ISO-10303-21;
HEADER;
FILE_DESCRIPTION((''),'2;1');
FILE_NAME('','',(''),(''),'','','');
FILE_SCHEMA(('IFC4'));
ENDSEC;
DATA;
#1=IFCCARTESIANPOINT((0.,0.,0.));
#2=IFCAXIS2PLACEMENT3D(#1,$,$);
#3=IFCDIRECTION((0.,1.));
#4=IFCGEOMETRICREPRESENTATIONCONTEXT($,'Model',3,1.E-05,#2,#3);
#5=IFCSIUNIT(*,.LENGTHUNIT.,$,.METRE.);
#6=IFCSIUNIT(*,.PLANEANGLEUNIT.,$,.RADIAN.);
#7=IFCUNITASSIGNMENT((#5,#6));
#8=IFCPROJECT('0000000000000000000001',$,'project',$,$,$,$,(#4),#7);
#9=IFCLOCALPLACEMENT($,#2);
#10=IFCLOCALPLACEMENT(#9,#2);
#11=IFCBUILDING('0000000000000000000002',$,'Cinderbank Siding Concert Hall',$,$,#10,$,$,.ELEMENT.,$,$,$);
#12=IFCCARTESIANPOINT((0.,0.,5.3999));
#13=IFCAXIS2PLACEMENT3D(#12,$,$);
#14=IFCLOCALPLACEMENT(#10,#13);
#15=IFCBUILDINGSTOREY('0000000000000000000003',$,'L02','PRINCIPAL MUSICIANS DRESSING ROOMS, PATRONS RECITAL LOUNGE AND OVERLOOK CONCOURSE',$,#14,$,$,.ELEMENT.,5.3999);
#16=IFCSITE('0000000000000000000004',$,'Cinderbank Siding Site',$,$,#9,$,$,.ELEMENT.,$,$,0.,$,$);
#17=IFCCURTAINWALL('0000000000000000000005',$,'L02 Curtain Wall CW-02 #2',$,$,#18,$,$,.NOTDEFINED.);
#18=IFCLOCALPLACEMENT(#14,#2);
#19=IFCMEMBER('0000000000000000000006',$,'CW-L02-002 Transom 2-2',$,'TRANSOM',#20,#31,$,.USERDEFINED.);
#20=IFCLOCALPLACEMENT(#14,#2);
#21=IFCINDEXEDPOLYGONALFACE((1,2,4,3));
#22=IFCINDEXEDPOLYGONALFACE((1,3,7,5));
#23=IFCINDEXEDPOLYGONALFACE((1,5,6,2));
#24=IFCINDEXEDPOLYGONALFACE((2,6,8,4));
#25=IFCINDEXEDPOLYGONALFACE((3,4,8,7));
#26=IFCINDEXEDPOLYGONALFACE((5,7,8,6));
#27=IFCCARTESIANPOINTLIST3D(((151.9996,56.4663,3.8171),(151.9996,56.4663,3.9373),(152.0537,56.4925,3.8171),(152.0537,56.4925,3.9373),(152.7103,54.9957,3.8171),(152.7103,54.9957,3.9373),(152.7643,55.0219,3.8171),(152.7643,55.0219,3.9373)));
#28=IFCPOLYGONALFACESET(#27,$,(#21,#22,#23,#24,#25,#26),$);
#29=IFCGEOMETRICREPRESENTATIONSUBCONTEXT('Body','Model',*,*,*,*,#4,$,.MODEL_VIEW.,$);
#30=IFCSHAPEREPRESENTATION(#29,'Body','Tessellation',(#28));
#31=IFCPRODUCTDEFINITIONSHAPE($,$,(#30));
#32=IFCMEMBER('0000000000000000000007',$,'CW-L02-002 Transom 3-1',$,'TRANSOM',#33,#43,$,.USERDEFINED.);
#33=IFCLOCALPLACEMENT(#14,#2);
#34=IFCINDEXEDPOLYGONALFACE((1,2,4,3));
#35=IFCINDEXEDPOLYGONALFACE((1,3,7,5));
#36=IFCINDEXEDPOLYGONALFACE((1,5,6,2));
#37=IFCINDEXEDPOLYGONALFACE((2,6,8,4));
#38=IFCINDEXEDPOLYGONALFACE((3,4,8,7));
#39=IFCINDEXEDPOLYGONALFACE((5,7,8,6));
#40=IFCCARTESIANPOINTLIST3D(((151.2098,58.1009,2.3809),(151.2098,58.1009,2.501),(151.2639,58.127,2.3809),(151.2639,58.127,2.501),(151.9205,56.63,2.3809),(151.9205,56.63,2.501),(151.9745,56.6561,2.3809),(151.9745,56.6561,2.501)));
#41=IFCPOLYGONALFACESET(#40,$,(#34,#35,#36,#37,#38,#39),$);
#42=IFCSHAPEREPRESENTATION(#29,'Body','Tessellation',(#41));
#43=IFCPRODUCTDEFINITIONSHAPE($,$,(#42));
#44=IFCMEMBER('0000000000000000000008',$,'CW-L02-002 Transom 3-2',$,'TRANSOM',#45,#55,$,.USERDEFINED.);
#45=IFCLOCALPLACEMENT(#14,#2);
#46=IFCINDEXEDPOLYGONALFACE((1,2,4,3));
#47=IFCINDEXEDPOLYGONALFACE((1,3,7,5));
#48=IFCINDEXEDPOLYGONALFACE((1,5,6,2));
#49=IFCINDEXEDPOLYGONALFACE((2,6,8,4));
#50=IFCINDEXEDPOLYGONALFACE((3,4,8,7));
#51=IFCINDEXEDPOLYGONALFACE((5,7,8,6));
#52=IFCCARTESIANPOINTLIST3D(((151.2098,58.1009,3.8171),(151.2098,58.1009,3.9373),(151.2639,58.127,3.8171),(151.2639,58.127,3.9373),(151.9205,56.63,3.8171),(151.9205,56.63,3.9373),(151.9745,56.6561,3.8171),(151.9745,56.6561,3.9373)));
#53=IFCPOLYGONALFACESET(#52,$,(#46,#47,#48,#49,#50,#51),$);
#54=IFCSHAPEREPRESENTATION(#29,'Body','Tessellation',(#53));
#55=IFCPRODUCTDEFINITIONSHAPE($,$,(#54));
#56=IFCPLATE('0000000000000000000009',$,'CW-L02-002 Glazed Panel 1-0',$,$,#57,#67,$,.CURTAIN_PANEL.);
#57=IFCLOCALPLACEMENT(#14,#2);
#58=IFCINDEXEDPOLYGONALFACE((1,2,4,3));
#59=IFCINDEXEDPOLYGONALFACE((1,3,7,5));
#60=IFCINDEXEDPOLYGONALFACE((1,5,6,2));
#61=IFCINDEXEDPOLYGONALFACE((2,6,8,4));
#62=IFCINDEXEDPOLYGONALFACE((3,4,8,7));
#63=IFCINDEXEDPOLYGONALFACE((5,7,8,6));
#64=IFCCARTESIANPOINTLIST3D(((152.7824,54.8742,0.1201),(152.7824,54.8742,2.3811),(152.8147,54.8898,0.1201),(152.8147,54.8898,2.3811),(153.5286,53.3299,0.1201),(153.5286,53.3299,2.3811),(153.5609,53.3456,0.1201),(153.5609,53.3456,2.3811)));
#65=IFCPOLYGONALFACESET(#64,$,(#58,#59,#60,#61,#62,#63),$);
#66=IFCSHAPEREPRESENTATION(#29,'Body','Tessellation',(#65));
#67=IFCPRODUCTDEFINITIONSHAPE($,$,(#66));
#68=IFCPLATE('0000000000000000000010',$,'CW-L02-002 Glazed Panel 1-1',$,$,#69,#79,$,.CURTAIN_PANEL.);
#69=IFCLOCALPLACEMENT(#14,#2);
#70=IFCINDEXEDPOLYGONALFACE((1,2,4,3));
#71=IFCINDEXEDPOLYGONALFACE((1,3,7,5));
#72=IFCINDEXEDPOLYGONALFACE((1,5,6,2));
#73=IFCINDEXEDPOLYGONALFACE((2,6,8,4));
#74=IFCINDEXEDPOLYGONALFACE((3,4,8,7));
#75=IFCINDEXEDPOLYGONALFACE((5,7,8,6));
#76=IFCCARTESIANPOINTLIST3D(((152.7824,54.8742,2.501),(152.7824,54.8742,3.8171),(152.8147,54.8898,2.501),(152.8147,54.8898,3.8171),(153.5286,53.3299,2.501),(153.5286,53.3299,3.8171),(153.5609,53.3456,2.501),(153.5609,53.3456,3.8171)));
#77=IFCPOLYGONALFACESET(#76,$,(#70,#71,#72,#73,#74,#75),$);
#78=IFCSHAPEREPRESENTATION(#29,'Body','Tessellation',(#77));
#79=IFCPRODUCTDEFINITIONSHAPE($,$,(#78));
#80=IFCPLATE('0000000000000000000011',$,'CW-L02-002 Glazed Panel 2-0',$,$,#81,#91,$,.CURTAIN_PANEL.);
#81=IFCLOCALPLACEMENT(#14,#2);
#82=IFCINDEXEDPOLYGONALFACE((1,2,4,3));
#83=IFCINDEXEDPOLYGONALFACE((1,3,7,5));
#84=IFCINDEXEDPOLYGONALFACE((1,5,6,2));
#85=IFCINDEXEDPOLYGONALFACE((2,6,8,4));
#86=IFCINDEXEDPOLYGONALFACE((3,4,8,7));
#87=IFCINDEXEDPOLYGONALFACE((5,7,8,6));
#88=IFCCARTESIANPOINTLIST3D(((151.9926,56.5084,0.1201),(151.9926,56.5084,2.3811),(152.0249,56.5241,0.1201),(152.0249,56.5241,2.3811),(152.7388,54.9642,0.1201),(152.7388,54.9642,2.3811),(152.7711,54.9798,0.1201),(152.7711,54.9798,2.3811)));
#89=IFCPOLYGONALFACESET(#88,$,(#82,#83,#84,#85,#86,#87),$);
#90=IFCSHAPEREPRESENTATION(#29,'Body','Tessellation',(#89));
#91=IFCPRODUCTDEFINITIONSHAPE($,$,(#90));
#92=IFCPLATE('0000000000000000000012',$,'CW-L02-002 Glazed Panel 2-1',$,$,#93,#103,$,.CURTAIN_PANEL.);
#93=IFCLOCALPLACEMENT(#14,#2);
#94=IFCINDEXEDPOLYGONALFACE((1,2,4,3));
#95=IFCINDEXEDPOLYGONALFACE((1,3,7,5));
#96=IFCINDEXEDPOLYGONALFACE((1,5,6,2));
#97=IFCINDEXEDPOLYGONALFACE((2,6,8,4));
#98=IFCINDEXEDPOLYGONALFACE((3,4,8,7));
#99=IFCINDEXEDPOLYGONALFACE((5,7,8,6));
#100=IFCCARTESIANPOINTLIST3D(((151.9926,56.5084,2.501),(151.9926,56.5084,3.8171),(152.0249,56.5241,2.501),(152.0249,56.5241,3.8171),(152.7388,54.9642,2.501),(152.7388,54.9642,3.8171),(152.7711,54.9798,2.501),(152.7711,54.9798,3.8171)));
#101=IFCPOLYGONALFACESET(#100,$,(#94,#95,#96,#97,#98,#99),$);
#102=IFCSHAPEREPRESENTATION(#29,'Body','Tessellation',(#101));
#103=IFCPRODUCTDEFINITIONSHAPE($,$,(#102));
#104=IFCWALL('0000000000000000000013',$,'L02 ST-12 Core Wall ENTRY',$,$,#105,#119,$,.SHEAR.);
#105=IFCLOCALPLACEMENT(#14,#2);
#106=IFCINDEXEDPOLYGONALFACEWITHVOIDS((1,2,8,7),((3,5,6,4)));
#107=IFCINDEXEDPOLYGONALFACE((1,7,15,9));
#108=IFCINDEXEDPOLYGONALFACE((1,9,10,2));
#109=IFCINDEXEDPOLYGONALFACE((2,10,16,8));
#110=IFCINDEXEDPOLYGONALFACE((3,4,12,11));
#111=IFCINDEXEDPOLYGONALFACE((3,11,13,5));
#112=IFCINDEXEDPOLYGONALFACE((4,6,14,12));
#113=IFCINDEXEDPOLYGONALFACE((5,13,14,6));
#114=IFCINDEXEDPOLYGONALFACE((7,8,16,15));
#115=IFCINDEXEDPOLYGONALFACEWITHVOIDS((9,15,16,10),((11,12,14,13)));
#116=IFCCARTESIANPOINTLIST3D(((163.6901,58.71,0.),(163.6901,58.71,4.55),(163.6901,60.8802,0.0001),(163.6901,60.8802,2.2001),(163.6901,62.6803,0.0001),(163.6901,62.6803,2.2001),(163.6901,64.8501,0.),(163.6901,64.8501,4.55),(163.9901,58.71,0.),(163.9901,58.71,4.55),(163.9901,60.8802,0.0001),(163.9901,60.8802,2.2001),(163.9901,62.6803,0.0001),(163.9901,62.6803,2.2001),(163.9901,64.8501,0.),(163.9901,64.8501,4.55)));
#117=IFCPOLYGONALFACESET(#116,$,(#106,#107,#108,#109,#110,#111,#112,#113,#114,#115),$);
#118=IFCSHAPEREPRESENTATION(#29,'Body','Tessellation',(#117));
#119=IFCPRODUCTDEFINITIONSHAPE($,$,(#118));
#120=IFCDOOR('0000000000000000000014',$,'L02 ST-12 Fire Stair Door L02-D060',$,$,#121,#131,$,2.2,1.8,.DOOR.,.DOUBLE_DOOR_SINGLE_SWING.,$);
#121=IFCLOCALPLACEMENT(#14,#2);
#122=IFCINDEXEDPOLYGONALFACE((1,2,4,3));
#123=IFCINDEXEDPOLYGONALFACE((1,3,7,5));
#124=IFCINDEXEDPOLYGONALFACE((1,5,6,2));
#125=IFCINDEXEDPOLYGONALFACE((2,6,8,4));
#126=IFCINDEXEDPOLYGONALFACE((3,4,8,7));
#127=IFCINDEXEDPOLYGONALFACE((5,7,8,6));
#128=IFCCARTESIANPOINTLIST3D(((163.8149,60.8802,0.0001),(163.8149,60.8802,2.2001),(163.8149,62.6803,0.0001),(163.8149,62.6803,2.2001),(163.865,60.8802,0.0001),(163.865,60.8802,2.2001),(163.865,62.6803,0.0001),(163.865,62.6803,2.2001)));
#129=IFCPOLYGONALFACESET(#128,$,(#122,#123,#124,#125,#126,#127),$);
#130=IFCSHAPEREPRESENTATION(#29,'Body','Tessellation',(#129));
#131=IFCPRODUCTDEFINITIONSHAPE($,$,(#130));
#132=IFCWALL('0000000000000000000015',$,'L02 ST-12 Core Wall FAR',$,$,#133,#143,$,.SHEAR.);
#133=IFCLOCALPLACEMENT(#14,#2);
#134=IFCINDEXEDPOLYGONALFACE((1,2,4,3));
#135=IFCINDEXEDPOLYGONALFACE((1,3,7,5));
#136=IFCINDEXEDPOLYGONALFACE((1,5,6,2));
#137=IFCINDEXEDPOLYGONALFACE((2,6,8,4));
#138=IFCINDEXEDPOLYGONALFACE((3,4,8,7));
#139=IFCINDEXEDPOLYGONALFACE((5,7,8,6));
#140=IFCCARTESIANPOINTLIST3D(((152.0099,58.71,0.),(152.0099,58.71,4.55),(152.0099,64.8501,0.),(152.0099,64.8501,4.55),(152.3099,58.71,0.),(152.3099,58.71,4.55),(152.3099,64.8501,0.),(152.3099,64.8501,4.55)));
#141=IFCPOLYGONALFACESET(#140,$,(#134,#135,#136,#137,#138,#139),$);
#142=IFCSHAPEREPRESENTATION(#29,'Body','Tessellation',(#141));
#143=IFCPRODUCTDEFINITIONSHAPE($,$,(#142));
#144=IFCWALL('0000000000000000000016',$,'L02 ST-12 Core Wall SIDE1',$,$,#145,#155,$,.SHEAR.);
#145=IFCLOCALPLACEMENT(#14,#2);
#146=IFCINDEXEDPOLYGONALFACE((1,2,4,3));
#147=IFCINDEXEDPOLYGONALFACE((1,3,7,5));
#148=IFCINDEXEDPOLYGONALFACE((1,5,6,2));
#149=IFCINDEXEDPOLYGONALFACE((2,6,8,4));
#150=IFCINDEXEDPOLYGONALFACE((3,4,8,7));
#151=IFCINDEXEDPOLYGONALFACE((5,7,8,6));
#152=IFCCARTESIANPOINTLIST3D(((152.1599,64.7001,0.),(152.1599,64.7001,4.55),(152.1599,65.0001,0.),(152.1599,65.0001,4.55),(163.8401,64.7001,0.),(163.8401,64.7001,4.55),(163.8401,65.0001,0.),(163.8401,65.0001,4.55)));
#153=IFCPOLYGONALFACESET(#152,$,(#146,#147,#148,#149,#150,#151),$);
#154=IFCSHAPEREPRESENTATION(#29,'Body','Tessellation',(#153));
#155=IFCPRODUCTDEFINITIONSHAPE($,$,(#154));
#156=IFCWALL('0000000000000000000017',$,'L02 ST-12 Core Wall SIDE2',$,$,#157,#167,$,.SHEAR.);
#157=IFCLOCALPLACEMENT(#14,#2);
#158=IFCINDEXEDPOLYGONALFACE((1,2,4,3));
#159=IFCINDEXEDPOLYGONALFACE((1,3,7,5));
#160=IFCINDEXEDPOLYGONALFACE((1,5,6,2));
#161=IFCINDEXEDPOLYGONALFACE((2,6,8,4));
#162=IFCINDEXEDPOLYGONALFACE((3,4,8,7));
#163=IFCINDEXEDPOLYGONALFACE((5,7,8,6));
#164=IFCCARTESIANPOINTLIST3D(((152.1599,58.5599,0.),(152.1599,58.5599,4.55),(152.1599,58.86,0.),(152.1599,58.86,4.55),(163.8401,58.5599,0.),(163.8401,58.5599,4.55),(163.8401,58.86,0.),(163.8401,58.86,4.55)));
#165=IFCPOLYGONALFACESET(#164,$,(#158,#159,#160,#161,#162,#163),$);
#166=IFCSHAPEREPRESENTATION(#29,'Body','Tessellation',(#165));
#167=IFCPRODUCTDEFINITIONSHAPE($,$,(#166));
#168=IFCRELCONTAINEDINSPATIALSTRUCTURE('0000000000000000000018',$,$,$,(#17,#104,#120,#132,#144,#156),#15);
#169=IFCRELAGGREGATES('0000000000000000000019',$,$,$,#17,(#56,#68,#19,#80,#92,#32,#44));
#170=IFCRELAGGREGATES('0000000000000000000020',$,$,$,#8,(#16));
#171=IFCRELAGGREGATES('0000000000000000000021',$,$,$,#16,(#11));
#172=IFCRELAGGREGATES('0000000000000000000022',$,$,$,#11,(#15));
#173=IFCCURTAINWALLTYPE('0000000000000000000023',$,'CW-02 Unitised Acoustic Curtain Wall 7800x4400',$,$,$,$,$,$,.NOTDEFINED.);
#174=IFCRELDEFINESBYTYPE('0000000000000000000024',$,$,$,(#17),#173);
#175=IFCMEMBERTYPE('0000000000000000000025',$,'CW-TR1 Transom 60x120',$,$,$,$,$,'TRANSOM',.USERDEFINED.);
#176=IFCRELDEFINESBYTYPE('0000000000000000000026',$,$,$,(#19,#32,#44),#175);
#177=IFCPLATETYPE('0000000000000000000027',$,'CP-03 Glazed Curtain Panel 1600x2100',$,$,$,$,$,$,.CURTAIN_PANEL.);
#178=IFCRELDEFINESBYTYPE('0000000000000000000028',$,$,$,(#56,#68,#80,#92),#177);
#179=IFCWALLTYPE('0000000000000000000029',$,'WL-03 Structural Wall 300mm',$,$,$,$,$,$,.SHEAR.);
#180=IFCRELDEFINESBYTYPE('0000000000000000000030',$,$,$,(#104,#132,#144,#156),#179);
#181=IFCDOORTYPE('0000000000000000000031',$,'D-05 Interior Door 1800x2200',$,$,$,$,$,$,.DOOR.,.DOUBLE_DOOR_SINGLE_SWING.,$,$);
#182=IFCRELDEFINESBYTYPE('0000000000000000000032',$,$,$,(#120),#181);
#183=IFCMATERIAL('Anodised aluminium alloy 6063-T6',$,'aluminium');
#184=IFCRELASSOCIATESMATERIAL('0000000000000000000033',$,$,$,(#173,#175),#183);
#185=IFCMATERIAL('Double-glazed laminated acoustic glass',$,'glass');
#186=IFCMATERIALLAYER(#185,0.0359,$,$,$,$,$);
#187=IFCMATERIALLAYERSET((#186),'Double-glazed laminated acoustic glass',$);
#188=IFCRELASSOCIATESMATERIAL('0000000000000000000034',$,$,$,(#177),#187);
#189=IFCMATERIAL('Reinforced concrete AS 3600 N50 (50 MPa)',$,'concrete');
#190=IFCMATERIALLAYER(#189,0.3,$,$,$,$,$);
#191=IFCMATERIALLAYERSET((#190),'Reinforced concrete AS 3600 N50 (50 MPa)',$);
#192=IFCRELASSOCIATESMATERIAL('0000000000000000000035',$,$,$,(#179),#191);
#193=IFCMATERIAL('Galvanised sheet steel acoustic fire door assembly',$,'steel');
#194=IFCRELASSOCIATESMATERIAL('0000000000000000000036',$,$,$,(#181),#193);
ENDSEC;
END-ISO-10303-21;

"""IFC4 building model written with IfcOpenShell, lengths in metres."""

from ifc_helpers import new_model, si_unit, direction, frame, frame_2d, origin, origin_2d, place, context, subcontext, project, spatial, rectangle, extrude, material, layer, layer_set, material_profile, profile_set, type_object, element, fill, aggregate, save


model = new_model("IFC4")

# Units and contexts
model_context = context("Model", 3, precision=1e-05, world=origin(), true_north=direction((0.0, 1.0)))
body_context = subcontext(model_context, "Body", "Model", "MODEL_VIEW")
ifc_project = project(units=[si_unit("LENGTHUNIT", "METRE"), si_unit("PLANEANGLEUNIT", "RADIAN")], contexts=[model_context])

# Site, building, storey
site_placement = place(None, origin())
site = spatial("IfcSite", under=ifc_project, at=site_placement, Name="Cinderbank Siding Site", CompositionType="ELEMENT", RefElevation=0.0)
building_placement = place(site_placement, origin())
building = spatial("IfcBuilding", under=site, at=building_placement, Name="Cinderbank Siding Concert Hall", CompositionType="ELEMENT")
storey_placement = place(building_placement, frame((0.0, 0.0, 5.3999)))
storey = spatial("IfcBuildingStorey", under=building, at=storey_placement, Name="L02", Description="PRINCIPAL MUSICIANS DRESSING ROOMS, PATRONS RECITAL LOUNGE AND OVERLOOK CONCOURSE", CompositionType="ELEMENT", Elevation=5.3999)

# Curtain wall, members, plates
ifc_material_1 = material(Name="Anodised aluminium alloy 6063-T6", Category="aluminium")
curtain_wall_type = type_object("IfcCurtainWallType", Name="CW-02 Unitised Acoustic Curtain Wall 7800x4400", PredefinedType="NOTDEFINED", material=ifc_material_1)
curtain_wall_placement = place(storey_placement, origin())
curtain_wall = element("IfcCurtainWall", 1, at=curtain_wall_placement, inside=storey, type_object=curtain_wall_type, Name="L02 Curtain Wall CW-02 #2", PredefinedType="NOTDEFINED")
ifc_material_profile_1 = material_profile(ifc_material_1, rectangle(XDim=0.0601, YDim=0.1201, at=origin_2d()), Name="ALU-TRAN-60x120", Category="LoadBearing")
ifc_profile_set_1 = profile_set([ifc_material_profile_1], Name="Anodised aluminium alloy 6063-T6")
member_type_1 = type_object("IfcMemberType", Name="CW-TR1 Transom 60x120", ElementType="TRANSOM", PredefinedType="USERDEFINED", material=ifc_profile_set_1)
member_1_placement = place(storey_placement, frame((152.7373, 55.0088, 3.8772), z_axis=(-0.435096, 0.900384, 0.0), x_axis=(-0.900384, -0.435096, 0.0)))
member_1 = element("IfcMember", 2, at=member_1_placement, type_object=member_type_1, Name="CW-L02-002 Transom 2-2", ObjectType="TRANSOM", PredefinedType="USERDEFINED", context=body_context, shape_type="SweptSolid", body=[
    extrude(rectangle(XDim=0.0601, YDim=0.1201, at=origin_2d()), origin(), (0.0, 0.0, 1.0), 1.6333),
])
member_2_placement = place(storey_placement, frame((151.9475, 56.6431, 2.4409), z_axis=(-0.435037, 0.900412, 0.0), x_axis=(-0.900412, -0.435037, 0.0)))
member_2 = element("IfcMember", 3, at=member_2_placement, type_object=member_type_1, Name="CW-L02-002 Transom 3-1", ObjectType="TRANSOM", PredefinedType="USERDEFINED", context=body_context, shape_type="SweptSolid", body=[
    extrude(rectangle(XDim=0.0601, YDim=0.1201, at=origin_2d()), origin(), (0.0, 0.0, 1.0), 1.6335),
])
member_3_placement = place(storey_placement, frame((151.9475, 56.6431, 3.8772), z_axis=(-0.435037, 0.900412, 0.0), x_axis=(-0.900412, -0.435037, 0.0)))
member_3 = element("IfcMember", 4, at=member_3_placement, type_object=member_type_1, Name="CW-L02-002 Transom 3-2", ObjectType="TRANSOM", PredefinedType="USERDEFINED", context=body_context, shape_type="SweptSolid", body=[
    extrude(rectangle(XDim=0.0601, YDim=0.1201, at=origin_2d()), origin(), (0.0, 0.0, 1.0), 1.6335),
])
ifc_material_2 = material(Name="Double-glazed laminated acoustic glass", Category="glass")
ifc_layer_1 = layer(ifc_material_2, 0.0359)
ifc_layer_set_1 = layer_set([ifc_layer_1], Name="Double-glazed laminated acoustic glass")
plate_type = type_object("IfcPlateType", Name="CP-03 Glazed Curtain Panel 1600x2100", PredefinedType="CURTAIN_PANEL", material=ifc_layer_set_1)
plate_1_placement = place(storey_placement, frame((153.1716, 54.1099, 0.1201), z_axis=(0.0, 0.0, 1.0), x_axis=(-0.435102, 0.900381, 0.0)))
plate_1 = element("IfcPlate", 5, at=plate_1_placement, type_object=plate_type, Name="CW-L02-002 Glazed Panel 1-0", PredefinedType="CURTAIN_PANEL", context=body_context, shape_type="SweptSolid", body=[
    extrude(rectangle(XDim=1.7151, YDim=0.0359, at=origin_2d()), origin(), (0.0, 0.0, 1.0), 2.261),
])
plate_2_placement = place(storey_placement, frame((153.1716, 54.1099, 2.501), z_axis=(0.0, 0.0, 1.0), x_axis=(-0.435102, 0.900381, 0.0)))
plate_2 = element("IfcPlate", 6, at=plate_2_placement, type_object=plate_type, Name="CW-L02-002 Glazed Panel 1-1", PredefinedType="CURTAIN_PANEL", context=body_context, shape_type="SweptSolid", body=[
    extrude(rectangle(XDim=1.7151, YDim=0.0359, at=origin_2d()), origin(), (0.0, 0.0, 1.0), 1.3162),
])
plate_3_placement = place(storey_placement, frame((152.3818, 55.7441, 0.1201), z_axis=(0.0, 0.0, 1.0), x_axis=(-0.435102, 0.900381, 0.0)))
plate_3 = element("IfcPlate", 7, at=plate_3_placement, type_object=plate_type, Name="CW-L02-002 Glazed Panel 2-0", PredefinedType="CURTAIN_PANEL", context=body_context, shape_type="SweptSolid", body=[
    extrude(rectangle(XDim=1.7151, YDim=0.0359, at=origin_2d()), origin(), (0.0, 0.0, 1.0), 2.261),
])
plate_4_placement = place(storey_placement, frame((152.3818, 55.7441, 2.501), z_axis=(0.0, 0.0, 1.0), x_axis=(-0.435102, 0.900381, 0.0)))
plate_4 = element("IfcPlate", 8, at=plate_4_placement, type_object=plate_type, Name="CW-L02-002 Glazed Panel 2-1", PredefinedType="CURTAIN_PANEL", context=body_context, shape_type="SweptSolid", body=[
    extrude(rectangle(XDim=1.7151, YDim=0.0359, at=origin_2d()), origin(), (0.0, 0.0, 1.0), 1.3162),
])
aggregate(curtain_wall, [plate_1, plate_2, member_1, plate_3, plate_4, member_2, member_3])

# Wall, opening, door
ifc_material_3 = material(Name="Reinforced concrete AS 3600 N50 (50 MPa)", Category="concrete")
ifc_layer_2 = layer(ifc_material_3, 0.3)
ifc_layer_set_2 = layer_set([ifc_layer_2], Name="Reinforced concrete AS 3600 N50 (50 MPa)")
wall_type_1 = type_object("IfcWallType", Name="WL-03 Structural Wall 300mm", PredefinedType="SHEAR", material=ifc_layer_set_2)
wall_1_placement = place(storey_placement, frame((163.8401, 64.8501, 0.0), z_axis=(0.0, 0.0, 1.0), x_axis=(0.0, -1.0, 0.0)))
wall_1 = element("IfcWall", 9, at=wall_1_placement, inside=storey, type_object=wall_type_1, Name="L02 ST-12 Core Wall ENTRY", PredefinedType="SHEAR", context=body_context, shape_type="SweptSolid", body=[
    extrude(rectangle(XDim=6.1401, YDim=0.3, at=frame_2d((3.0701, 0.0))), origin(), (0.0, 0.0, 1.0), 4.55),
])
opening_1_placement = place(wall_1_placement, frame((2.1699, 0.0, 0.0)))
opening_1 = element("IfcOpeningElement", 10, at=opening_1_placement, cuts=wall_1, PredefinedType="OPENING", context=body_context, shape_type="SweptSolid", body=[
    extrude(rectangle(XDim=1.8, YDim=2.2, at=frame_2d((0.8999, 1.1001))), frame((0.0, 0.1621, 0.0), z_axis=(0.0, -1.0, 0.0), x_axis=(1.0, 0.0, 0.0)), (0.0, 0.0, 1.0), 0.324),
])
ifc_material_4 = material(Name="Galvanised sheet steel acoustic fire door assembly", Category="steel")
door_type_1 = type_object("IfcDoorType", Name="D-05 Interior Door 1800x2200", OperationType="DOUBLE_DOOR_SINGLE_SWING", PredefinedType="DOOR", material=ifc_material_4)
door_1_placement = place(opening_1_placement, origin())
door_1 = element("IfcDoor", 11, at=door_1_placement, inside=storey, type_object=door_type_1, Name="L02 ST-12 Fire Stair Door L02-D060", OperationType="DOUBLE_DOOR_SINGLE_SWING", OverallHeight=2.2, OverallWidth=1.8, PredefinedType="DOOR", context=body_context, shape_type="SweptSolid", body=[
    extrude(rectangle(XDim=1.8, YDim=2.2, at=frame_2d((0.8999, 1.1001))), frame((0.0, 0.0249, 0.0), z_axis=(0.0, -1.0, 0.0), x_axis=(1.0, 0.0, 0.0)), (0.0, 0.0, 1.0), 0.05),
])
fill(opening_1, door_1)

# Walls
wall_2_placement = place(storey_placement, frame((152.1599, 58.71, 0.0), z_axis=(0.0, 0.0, 1.0), x_axis=(0.0, 1.0, 0.0)))
element("IfcWall", 12, at=wall_2_placement, inside=storey, type_object=wall_type_1, Name="L02 ST-12 Core Wall FAR", PredefinedType="SHEAR", context=body_context, shape_type="SweptSolid", body=[
    extrude(rectangle(XDim=6.1401, YDim=0.3, at=frame_2d((3.0701, 0.0))), origin(), (0.0, 0.0, 1.0), 4.55),
])
for number, where, z_axis, x_axis, name in (
    (13, (152.1599, 64.8501, 0.0), (0.0, 0.0, 1.0), (1.0, 0.0, 0.0), "L02 ST-12 Core Wall SIDE1"),
    (14, (163.8401, 58.71, 0.0), (0.0, 0.0, 1.0), (-1.0, 0.0, 0.0), "L02 ST-12 Core Wall SIDE2"),
):
    element("IfcWall", number, at=place(storey_placement, frame(where, z_axis=z_axis, x_axis=x_axis)), inside=storey, type_object=wall_type_1, Name=name, PredefinedType="SHEAR", context=body_context, shape_type="SweptSolid", body=[
        extrude(rectangle(XDim=11.6802, YDim=0.3, at=frame_2d((5.8401, 0.0))), origin(), (0.0, 0.0, 1.0), 4.55),
    ])

save(model, "model.ifc")
